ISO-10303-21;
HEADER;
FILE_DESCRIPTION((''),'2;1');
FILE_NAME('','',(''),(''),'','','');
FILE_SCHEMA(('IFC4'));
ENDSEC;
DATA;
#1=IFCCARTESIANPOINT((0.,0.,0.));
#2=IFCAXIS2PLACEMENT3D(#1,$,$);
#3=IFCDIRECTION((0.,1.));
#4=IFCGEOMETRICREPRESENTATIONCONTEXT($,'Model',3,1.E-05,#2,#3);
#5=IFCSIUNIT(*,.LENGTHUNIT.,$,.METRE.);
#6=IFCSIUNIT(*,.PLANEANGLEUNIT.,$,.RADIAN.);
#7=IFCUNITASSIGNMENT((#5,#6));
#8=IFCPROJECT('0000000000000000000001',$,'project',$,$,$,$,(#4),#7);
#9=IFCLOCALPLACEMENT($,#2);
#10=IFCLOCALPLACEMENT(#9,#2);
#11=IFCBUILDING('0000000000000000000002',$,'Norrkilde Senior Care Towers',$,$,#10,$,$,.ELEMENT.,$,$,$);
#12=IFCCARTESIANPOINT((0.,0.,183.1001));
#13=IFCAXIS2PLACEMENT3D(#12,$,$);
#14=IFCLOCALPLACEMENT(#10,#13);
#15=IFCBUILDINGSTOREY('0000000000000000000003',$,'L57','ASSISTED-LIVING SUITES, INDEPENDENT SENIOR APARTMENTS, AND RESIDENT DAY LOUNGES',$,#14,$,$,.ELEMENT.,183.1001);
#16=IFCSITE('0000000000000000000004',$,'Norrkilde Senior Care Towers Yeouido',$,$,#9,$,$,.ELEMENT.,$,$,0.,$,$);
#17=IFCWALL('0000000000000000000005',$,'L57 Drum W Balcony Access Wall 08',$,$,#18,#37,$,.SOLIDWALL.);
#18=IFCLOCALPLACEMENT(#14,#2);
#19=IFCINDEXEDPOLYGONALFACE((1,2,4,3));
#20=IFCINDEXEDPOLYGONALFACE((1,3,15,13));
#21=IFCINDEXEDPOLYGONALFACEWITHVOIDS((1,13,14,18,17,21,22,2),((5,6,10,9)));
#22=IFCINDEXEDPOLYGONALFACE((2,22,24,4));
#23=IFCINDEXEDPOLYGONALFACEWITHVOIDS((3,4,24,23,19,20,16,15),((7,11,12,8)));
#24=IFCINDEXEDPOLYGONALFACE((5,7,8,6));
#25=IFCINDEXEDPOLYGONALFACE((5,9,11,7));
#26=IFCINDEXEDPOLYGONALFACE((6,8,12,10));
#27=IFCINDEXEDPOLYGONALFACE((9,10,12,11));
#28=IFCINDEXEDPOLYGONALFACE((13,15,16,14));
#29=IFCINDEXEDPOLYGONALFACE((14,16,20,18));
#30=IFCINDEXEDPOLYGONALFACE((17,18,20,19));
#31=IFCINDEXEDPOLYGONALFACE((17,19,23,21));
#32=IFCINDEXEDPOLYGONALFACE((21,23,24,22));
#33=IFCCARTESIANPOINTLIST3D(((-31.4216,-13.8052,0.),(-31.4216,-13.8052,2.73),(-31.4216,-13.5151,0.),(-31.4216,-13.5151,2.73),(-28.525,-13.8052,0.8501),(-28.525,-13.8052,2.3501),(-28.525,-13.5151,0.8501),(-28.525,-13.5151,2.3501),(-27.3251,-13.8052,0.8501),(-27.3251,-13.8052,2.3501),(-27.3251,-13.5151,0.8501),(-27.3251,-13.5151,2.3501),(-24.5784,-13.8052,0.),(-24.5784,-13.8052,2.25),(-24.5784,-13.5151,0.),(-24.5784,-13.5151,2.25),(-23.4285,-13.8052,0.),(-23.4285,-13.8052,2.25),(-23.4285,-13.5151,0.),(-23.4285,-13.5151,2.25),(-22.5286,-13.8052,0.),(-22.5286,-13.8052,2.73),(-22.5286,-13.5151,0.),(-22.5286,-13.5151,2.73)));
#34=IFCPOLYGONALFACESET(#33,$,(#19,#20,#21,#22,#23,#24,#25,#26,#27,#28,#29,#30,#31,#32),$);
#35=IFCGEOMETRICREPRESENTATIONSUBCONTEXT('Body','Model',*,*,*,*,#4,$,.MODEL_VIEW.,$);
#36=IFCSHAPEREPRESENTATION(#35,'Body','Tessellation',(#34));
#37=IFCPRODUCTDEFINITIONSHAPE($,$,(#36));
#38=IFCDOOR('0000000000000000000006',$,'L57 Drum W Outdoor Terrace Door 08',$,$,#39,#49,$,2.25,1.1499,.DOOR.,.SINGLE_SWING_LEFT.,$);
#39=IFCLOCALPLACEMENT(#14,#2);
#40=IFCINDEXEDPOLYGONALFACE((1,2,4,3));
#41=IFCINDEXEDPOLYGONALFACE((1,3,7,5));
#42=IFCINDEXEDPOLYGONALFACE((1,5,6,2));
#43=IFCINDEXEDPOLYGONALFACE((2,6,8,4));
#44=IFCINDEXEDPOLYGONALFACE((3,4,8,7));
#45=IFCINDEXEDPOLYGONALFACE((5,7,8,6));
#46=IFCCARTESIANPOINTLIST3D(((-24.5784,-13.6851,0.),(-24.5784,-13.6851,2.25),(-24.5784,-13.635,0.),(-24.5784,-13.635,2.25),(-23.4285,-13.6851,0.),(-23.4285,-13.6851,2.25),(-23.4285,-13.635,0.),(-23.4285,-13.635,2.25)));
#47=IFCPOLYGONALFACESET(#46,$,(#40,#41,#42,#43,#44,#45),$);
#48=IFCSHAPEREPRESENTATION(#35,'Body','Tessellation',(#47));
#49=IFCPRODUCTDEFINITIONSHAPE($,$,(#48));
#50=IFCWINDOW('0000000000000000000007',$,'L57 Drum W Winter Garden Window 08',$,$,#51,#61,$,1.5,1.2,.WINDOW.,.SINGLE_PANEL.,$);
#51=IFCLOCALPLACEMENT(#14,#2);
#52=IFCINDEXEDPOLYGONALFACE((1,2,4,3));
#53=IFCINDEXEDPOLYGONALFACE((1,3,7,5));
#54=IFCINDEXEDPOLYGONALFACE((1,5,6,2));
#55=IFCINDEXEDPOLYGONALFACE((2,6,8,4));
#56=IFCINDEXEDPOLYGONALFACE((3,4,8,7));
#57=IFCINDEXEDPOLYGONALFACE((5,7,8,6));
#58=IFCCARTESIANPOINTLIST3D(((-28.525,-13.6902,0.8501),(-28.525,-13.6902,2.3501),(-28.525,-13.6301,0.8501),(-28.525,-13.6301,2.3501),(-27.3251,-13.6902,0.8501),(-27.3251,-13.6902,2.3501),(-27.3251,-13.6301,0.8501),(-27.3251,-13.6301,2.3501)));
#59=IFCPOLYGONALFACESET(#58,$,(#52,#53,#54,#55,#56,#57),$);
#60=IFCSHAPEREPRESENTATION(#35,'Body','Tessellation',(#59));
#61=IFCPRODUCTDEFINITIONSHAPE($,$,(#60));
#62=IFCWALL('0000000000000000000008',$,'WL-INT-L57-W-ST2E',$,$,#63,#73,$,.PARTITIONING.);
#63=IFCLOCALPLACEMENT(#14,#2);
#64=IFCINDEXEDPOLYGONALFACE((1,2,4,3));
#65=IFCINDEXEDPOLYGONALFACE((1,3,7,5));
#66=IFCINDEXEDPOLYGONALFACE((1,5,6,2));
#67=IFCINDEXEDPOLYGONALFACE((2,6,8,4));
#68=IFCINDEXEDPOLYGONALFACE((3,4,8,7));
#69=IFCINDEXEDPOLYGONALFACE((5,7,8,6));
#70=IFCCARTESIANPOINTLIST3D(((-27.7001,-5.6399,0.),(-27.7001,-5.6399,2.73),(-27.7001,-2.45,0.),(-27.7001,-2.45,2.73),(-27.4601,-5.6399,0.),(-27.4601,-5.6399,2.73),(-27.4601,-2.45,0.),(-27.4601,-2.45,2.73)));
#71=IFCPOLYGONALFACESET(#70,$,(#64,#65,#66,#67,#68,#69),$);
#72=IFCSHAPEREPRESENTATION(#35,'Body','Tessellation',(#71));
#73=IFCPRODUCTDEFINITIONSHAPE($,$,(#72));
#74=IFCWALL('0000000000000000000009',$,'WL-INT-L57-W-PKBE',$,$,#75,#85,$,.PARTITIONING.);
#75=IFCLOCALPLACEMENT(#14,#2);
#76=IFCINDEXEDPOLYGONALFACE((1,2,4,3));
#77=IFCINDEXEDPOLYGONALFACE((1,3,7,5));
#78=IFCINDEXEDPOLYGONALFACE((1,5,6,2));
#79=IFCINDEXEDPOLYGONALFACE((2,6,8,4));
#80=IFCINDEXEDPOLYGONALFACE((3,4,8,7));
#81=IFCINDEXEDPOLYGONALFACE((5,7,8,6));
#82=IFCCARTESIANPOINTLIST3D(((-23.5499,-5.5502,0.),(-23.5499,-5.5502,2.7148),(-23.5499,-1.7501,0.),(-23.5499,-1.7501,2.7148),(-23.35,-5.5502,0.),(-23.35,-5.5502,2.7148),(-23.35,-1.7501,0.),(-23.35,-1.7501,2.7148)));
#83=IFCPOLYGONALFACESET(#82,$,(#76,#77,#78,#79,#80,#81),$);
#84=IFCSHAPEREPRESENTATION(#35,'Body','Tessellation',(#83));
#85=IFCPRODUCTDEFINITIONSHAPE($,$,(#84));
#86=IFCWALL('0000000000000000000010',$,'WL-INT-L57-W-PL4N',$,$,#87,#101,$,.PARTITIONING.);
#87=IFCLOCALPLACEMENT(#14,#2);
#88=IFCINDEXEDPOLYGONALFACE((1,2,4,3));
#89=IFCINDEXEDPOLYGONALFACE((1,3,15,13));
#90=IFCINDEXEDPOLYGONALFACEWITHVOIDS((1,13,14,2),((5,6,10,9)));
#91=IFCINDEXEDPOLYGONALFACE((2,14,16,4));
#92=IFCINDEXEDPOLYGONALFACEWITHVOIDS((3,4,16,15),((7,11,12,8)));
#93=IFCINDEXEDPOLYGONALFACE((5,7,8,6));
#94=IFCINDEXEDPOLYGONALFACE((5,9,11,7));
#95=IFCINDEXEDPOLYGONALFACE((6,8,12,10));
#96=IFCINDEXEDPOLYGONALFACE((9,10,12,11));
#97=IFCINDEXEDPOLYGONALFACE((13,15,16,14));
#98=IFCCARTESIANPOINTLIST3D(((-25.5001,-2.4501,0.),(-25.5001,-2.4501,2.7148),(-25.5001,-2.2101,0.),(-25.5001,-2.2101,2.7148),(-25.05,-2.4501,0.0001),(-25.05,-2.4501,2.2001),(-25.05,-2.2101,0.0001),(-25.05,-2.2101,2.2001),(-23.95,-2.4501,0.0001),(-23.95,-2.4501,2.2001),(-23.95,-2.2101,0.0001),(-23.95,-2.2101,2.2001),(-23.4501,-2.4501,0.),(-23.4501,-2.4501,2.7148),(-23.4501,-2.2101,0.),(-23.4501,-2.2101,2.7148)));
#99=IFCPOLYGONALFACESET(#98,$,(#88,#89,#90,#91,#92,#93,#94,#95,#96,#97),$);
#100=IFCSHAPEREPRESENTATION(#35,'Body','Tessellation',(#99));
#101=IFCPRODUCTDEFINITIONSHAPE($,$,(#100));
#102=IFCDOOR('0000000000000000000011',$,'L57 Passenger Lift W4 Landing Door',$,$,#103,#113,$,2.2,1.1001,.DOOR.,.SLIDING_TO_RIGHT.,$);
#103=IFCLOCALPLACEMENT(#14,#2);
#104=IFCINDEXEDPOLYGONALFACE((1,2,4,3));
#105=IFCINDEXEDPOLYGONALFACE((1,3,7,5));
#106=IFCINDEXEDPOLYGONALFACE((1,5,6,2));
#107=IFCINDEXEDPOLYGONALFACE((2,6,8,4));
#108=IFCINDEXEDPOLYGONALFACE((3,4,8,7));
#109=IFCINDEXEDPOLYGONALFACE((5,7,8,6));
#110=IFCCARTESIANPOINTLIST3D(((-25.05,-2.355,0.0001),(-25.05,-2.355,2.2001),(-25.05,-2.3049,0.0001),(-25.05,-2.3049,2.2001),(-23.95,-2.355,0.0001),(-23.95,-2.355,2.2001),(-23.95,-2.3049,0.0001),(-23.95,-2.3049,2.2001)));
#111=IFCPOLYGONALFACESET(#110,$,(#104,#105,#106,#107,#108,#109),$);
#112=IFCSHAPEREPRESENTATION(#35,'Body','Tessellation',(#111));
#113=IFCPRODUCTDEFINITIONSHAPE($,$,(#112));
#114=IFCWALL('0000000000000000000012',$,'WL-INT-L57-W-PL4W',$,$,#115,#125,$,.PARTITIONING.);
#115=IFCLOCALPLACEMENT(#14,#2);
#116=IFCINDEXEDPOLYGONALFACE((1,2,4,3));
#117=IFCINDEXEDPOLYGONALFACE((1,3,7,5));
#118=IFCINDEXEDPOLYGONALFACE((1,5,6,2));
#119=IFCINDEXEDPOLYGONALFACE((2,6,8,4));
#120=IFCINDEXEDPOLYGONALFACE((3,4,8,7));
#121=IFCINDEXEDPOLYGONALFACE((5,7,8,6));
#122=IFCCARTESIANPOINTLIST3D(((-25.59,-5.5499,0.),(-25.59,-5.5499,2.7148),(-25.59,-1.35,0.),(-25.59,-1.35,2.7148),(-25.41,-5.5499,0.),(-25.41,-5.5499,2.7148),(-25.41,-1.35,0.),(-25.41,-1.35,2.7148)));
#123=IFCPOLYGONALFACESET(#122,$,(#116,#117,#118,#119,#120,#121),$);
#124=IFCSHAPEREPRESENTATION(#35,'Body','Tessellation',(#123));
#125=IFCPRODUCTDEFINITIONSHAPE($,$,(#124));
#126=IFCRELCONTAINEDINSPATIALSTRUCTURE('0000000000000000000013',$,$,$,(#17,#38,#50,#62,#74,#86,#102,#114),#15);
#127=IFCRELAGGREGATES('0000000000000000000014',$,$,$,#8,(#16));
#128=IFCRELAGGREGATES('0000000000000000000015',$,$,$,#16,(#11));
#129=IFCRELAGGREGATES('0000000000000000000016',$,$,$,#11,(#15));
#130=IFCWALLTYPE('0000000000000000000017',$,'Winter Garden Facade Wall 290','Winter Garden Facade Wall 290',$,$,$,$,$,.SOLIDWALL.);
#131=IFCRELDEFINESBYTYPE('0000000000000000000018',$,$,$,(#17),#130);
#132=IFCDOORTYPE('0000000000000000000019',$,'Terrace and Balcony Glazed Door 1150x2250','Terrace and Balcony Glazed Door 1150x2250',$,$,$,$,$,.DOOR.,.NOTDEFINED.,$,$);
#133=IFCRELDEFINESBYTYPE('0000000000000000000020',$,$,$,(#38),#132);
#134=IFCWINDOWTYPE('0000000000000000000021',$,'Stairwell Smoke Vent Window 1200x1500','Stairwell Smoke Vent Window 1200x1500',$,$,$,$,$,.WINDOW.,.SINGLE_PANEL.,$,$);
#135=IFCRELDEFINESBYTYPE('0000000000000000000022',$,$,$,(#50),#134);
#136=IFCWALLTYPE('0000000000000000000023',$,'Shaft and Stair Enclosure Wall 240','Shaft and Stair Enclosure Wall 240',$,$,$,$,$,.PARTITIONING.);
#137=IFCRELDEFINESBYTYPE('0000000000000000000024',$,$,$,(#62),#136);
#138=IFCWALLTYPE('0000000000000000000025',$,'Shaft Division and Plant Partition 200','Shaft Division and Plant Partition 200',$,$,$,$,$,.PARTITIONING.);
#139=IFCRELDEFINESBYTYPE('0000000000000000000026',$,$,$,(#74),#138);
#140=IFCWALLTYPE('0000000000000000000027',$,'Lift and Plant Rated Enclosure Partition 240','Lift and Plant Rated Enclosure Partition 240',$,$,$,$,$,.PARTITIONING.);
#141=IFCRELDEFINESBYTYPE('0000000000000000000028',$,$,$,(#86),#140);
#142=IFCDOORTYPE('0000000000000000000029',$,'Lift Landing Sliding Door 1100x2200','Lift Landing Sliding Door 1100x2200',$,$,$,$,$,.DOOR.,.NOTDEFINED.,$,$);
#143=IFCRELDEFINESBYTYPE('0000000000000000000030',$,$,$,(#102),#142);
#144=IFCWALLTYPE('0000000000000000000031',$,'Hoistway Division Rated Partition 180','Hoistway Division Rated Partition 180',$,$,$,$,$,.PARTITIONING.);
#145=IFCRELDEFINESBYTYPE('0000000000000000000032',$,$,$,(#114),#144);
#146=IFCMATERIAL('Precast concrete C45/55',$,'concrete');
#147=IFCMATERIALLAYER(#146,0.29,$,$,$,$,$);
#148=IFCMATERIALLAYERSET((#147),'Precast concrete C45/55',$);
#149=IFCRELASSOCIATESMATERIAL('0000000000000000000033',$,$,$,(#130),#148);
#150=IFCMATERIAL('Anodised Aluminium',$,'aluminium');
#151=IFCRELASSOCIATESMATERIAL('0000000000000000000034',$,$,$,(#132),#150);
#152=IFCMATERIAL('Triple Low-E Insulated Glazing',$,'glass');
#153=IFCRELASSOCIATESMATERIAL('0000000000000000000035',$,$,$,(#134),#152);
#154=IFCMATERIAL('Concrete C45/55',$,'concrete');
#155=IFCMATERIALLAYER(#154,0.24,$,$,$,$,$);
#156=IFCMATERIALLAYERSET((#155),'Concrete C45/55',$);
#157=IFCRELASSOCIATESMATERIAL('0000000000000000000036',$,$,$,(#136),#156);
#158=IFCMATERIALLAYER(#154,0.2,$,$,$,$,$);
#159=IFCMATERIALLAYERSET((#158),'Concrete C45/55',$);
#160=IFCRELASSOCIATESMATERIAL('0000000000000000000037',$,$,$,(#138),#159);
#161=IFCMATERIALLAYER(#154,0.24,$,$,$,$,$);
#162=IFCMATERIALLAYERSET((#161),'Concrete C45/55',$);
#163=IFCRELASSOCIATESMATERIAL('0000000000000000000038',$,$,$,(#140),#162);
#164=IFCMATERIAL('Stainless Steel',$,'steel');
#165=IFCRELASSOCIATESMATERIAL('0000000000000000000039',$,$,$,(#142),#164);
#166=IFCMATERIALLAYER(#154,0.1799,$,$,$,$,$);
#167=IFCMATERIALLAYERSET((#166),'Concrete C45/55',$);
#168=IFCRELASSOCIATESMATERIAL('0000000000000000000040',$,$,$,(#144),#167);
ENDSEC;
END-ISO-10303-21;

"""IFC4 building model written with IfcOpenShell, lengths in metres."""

from ifc_helpers import new_model, si_unit, direction, frame, frame_2d, origin, place, context, subcontext, project, spatial, rectangle, extrude, source, transform, mapped, material, layer, layer_set, type_object, type_shapes, element, fill, save


model = new_model("IFC4")

# Units and contexts
model_context = context("Model", 3, precision=1e-05, world=origin(), true_north=direction((0.0, 1.0)))
body_context = subcontext(model_context, "Body", "Model", "MODEL_VIEW")
ifc_project = project(units=[si_unit("LENGTHUNIT", "METRE"), si_unit("PLANEANGLEUNIT", "RADIAN")], contexts=[model_context])

# Site, building, storey
site_placement = place(None, origin())
site = spatial("IfcSite", under=ifc_project, at=site_placement, Name="Norrkilde Senior Care Towers Yeouido", CompositionType="ELEMENT", RefElevation=0.0)
building_placement = place(site_placement, origin())
building = spatial("IfcBuilding", under=site, at=building_placement, Name="Norrkilde Senior Care Towers", CompositionType="ELEMENT")
storey_placement = place(building_placement, frame((0.0, 0.0, 183.1001)))
storey = spatial("IfcBuildingStorey", under=building, at=storey_placement, Name="L57", Description="ASSISTED-LIVING SUITES, INDEPENDENT SENIOR APARTMENTS, AND RESIDENT DAY LOUNGES", CompositionType="ELEMENT", Elevation=183.1001)

# Shared definitions
ifc_material_1 = material(Name="Triple Low-E Insulated Glazing", Category="glass")
ifc_material_2 = material(Name="Anodised Aluminium", Category="aluminium")

# Wall, openings, door, window
ifc_material_3 = material(Name="Precast concrete C45/55", Category="concrete")
ifc_layer_1 = layer(ifc_material_3, 0.29)
ifc_layer_set_1 = layer_set([ifc_layer_1], Name="Precast concrete C45/55")
wall_type_1 = type_object("IfcWallType", Name="Winter Garden Facade Wall 290", Description="Winter Garden Facade Wall 290", PredefinedType="SOLIDWALL", material=ifc_layer_set_1)
shared_shape_1 = source(origin(), body_context, "Body", "SweptSolid", [
    extrude(rectangle(XDim=8.8931, YDim=0.29, at=frame_2d((4.4465, 0.0))), origin(), (0.0, 0.0, 1.0), 2.73),
])
type_shapes(wall_type_1, [shared_shape_1])
wall_1_placement = place(storey_placement, frame((-22.5286, -13.6602, 0.0), z_axis=(0.0, 0.0, 1.0), x_axis=(-1.0, 0.0, 0.0)))
wall_1 = element("IfcWall", 1, at=wall_1_placement, inside=storey, type_object=wall_type_1, Name="L57 Drum W Balcony Access Wall 08", PredefinedType="SOLIDWALL", context=body_context, shape_type="MappedRepresentation", body=[
    mapped(shared_shape_1, transform((0.0, 0.0, 0.0), x_axis=(1.0, 0.0, 0.0), y_axis=(0.0, 1.0, 0.0), z_axis=(0.0, 0.0, 1.0), scale=1.0)),
])
opening_1_placement = place(wall_1_placement, frame((0.8999, 0.0, 0.0)))
opening_1 = element("IfcOpeningElement", 2, at=opening_1_placement, cuts=wall_1, PredefinedType="OPENING", context=body_context, shape_type="SweptSolid", body=[
    extrude(rectangle(XDim=1.1499, YDim=2.25, at=frame_2d((0.575, 1.125))), frame((0.0, 0.155, 0.0), z_axis=(0.0, -1.0, 0.0), x_axis=(1.0, 0.0, 0.0)), (0.0, 0.0, 1.0), 0.3101),
])
opening_2_placement = place(wall_1_placement, frame((4.7964, 0.0, 0.8501)))
opening_2 = element("IfcOpeningElement", 3, at=opening_2_placement, cuts=wall_1, PredefinedType="OPENING", context=body_context, shape_type="SweptSolid", body=[
    extrude(rectangle(XDim=1.2, YDim=1.5, at=frame_2d((0.6001, 0.75))), frame((0.0, 0.155, 0.0), z_axis=(0.0, -1.0, 0.0), x_axis=(1.0, 0.0, 0.0)), (0.0, 0.0, 1.0), 0.3101),
])
door_type_1 = type_object("IfcDoorType", Name="Terrace and Balcony Glazed Door 1150x2250", Description="Terrace and Balcony Glazed Door 1150x2250", OperationType="NOTDEFINED", PredefinedType="DOOR", material=ifc_material_2)
shared_shape_2 = source(origin(), body_context, "Body", "SweptSolid", [
    extrude(rectangle(XDim=1.1499, YDim=2.25, at=frame_2d((0.575, 1.125))), frame((0.0, 0.0249, 0.0), z_axis=(0.0, -1.0, 0.0), x_axis=(1.0, 0.0, 0.0)), (0.0, 0.0, 1.0), 0.05),
])
type_shapes(door_type_1, [shared_shape_2])
door_1_placement = place(opening_1_placement, origin())
door_1 = element("IfcDoor", 4, at=door_1_placement, inside=storey, type_object=door_type_1, Name="L57 Drum W Outdoor Terrace Door 08", OperationType="SINGLE_SWING_LEFT", OverallHeight=2.25, OverallWidth=1.1499, PredefinedType="DOOR", context=body_context, shape_type="MappedRepresentation", body=[
    mapped(shared_shape_2, transform((0.0, 0.0, 0.0), x_axis=(1.0, 0.0, 0.0), y_axis=(0.0, 1.0, 0.0), z_axis=(0.0, 0.0, 1.0), scale=1.0)),
])
fill(opening_1, door_1)
window_type = type_object("IfcWindowType", Name="Stairwell Smoke Vent Window 1200x1500", Description="Stairwell Smoke Vent Window 1200x1500", PartitioningType="SINGLE_PANEL", PredefinedType="WINDOW", material=ifc_material_1)
shared_shape_3 = source(origin(), body_context, "Body", "SweptSolid", [
    extrude(rectangle(XDim=1.2, YDim=1.5, at=frame_2d((0.6001, 0.75))), frame((0.0, 0.03, 0.0), z_axis=(0.0, -1.0, 0.0), x_axis=(1.0, 0.0, 0.0)), (0.0, 0.0, 1.0), 0.0601),
])
type_shapes(window_type, [shared_shape_3])
window_placement = place(opening_2_placement, origin())
window = element("IfcWindow", 5, at=window_placement, inside=storey, type_object=window_type, Name="L57 Drum W Winter Garden Window 08", OverallHeight=1.5, OverallWidth=1.2, PartitioningType="SINGLE_PANEL", PredefinedType="WINDOW", context=body_context, shape_type="MappedRepresentation", body=[
    mapped(shared_shape_3, transform((0.0, 0.0, 0.0), x_axis=(1.0, 0.0, 0.0), y_axis=(0.0, 1.0, 0.0), z_axis=(0.0, 0.0, 1.0), scale=1.0)),
])
fill(opening_2, window)

# Walls
ifc_material_4 = material(Name="Concrete C45/55", Category="concrete")
ifc_layer_2 = layer(ifc_material_4, 0.24)
ifc_layer_set_2 = layer_set([ifc_layer_2], Name="Concrete C45/55")
wall_type_2 = type_object("IfcWallType", Name="Shaft and Stair Enclosure Wall 240", Description="Shaft and Stair Enclosure Wall 240", PredefinedType="PARTITIONING", material=ifc_layer_set_2)
shared_shape_4 = source(origin(), body_context, "Body", "SweptSolid", [
    extrude(rectangle(XDim=3.1899, YDim=0.24, at=frame_2d((1.595, 0.0))), origin(), (0.0, 0.0, 1.0), 2.73),
])
type_shapes(wall_type_2, [shared_shape_4])
wall_2_placement = place(storey_placement, frame((-27.5801, -5.6399, 0.0), z_axis=(0.0, 0.0, 1.0), x_axis=(0.0, 1.0, 0.0)))
element("IfcWall", 6, at=wall_2_placement, inside=storey, type_object=wall_type_2, Name="WL-INT-L57-W-ST2E", PredefinedType="PARTITIONING", context=body_context, shape_type="MappedRepresentation", body=[
    mapped(shared_shape_4, transform((0.0, 0.0, 0.0), x_axis=(1.0, 0.0, 0.0), y_axis=(0.0, 1.0, 0.0), z_axis=(0.0, 0.0, 1.0), scale=1.0)),
])
ifc_layer_3 = layer(ifc_material_4, 0.2)
ifc_layer_set_3 = layer_set([ifc_layer_3], Name="Concrete C45/55")
wall_type_3 = type_object("IfcWallType", Name="Shaft Division and Plant Partition 200", Description="Shaft Division and Plant Partition 200", PredefinedType="PARTITIONING", material=ifc_layer_set_3)
shared_shape_5 = source(origin(), body_context, "Body", "SweptSolid", [
    extrude(rectangle(XDim=3.8, YDim=0.2, at=frame_2d((1.8999, 0.0))), origin(), (0.0, 0.0, 1.0), 2.7148),
])
type_shapes(wall_type_3, [shared_shape_5])
wall_3_placement = place(storey_placement, frame((-23.45, -5.55, 0.0), z_axis=(0.0, 0.0, 1.0), x_axis=(0.0, 1.0, 0.0)))
element("IfcWall", 7, at=wall_3_placement, inside=storey, type_object=wall_type_3, Name="WL-INT-L57-W-PKBE", PredefinedType="PARTITIONING", context=body_context, shape_type="MappedRepresentation", body=[
    mapped(shared_shape_5, transform((0.0, 0.0, 0.0), x_axis=(1.0, 0.0, 0.0), y_axis=(0.0, 1.0, 0.0), z_axis=(0.0, 0.0, 1.0), scale=1.0)),
])

# Wall, opening, door
ifc_layer_4 = layer(ifc_material_4, 0.24)
ifc_layer_set_4 = layer_set([ifc_layer_4], Name="Concrete C45/55")
wall_type_4 = type_object("IfcWallType", Name="Lift and Plant Rated Enclosure Partition 240", Description="Lift and Plant Rated Enclosure Partition 240", PredefinedType="PARTITIONING", material=ifc_layer_set_4)
shared_shape_6 = source(origin(), body_context, "Body", "SweptSolid", [
    extrude(rectangle(XDim=2.05, YDim=0.24, at=frame_2d((1.0249, 0.0))), origin(), (0.0, 0.0, 1.0), 2.7148),
])
type_shapes(wall_type_4, [shared_shape_6])
wall_4_placement = place(storey_placement, frame((-25.5, -2.3301, 0.0), z_axis=(0.0, 0.0, 1.0), x_axis=(1.0, 0.0, 0.0)))
wall_4 = element("IfcWall", 8, at=wall_4_placement, inside=storey, type_object=wall_type_4, Name="WL-INT-L57-W-PL4N", PredefinedType="PARTITIONING", context=body_context, shape_type="MappedRepresentation", body=[
    mapped(shared_shape_6, transform((0.0, 0.0, 0.0), x_axis=(1.0, 0.0, 0.0), y_axis=(0.0, 1.0, 0.0), z_axis=(0.0, 0.0, 1.0), scale=1.0)),
])
opening_3_placement = place(wall_4_placement, frame((0.45, 0.0, 0.0)))
opening_3 = element("IfcOpeningElement", 9, at=opening_3_placement, cuts=wall_4, PredefinedType="OPENING", context=body_context, shape_type="SweptSolid", body=[
    extrude(rectangle(XDim=1.1001, YDim=2.2, at=frame_2d((0.55, 1.1001))), frame((0.0, 0.1299, 0.0), z_axis=(0.0, -1.0, 0.0), x_axis=(1.0, 0.0, 0.0)), (0.0, 0.0, 1.0), 0.26),
])
ifc_material_5 = material(Name="Stainless Steel", Category="steel")
door_type_2 = type_object("IfcDoorType", Name="Lift Landing Sliding Door 1100x2200", Description="Lift Landing Sliding Door 1100x2200", OperationType="NOTDEFINED", PredefinedType="DOOR", material=ifc_material_5)
shared_shape_7 = source(origin(), body_context, "Body", "SweptSolid", [
    extrude(rectangle(XDim=1.1001, YDim=2.2, at=frame_2d((0.55, 1.1001))), frame((0.0, 0.0249, 0.0), z_axis=(0.0, -1.0, 0.0), x_axis=(1.0, 0.0, 0.0)), (0.0, 0.0, 1.0), 0.05),
])
type_shapes(door_type_2, [shared_shape_7])
door_2_placement = place(opening_3_placement, frame((1.1001, 0.0, 0.0), z_axis=(0.0, 0.0, 1.0), x_axis=(-1.0, 0.0, 0.0)))
door_2 = element("IfcDoor", 10, at=door_2_placement, inside=storey, type_object=door_type_2, Name="L57 Passenger Lift W4 Landing Door", OperationType="SLIDING_TO_RIGHT", OverallHeight=2.2, OverallWidth=1.1001, PredefinedType="DOOR", context=body_context, shape_type="MappedRepresentation", body=[
    mapped(shared_shape_7, transform((0.0, 0.0, 0.0), x_axis=(1.0, 0.0, 0.0), y_axis=(0.0, 1.0, 0.0), z_axis=(0.0, 0.0, 1.0), scale=1.0)),
])
fill(opening_3, door_2)

# Wall
ifc_layer_5 = layer(ifc_material_4, 0.1799)
ifc_layer_set_5 = layer_set([ifc_layer_5], Name="Concrete C45/55")
wall_type_5 = type_object("IfcWallType", Name="Hoistway Division Rated Partition 180", Description="Hoistway Division Rated Partition 180", PredefinedType="PARTITIONING", material=ifc_layer_set_5)
shared_shape_8 = source(origin(), body_context, "Body", "SweptSolid", [
    extrude(rectangle(XDim=4.2, YDim=0.1799, at=frame_2d((2.1001, 0.0))), origin(), (0.0, 0.0, 1.0), 2.7148),
])
type_shapes(wall_type_5, [shared_shape_8])
wall_5_placement = place(storey_placement, frame((-25.5, -5.55, 0.0), z_axis=(0.0, 0.0, 1.0), x_axis=(0.0, 1.0, 0.0)))
element("IfcWall", 11, at=wall_5_placement, inside=storey, type_object=wall_type_5, Name="WL-INT-L57-W-PL4W", PredefinedType="PARTITIONING", context=body_context, shape_type="MappedRepresentation", body=[
    mapped(shared_shape_8, transform((0.0, 0.0, 0.0), x_axis=(1.0, 0.0, 0.0), y_axis=(0.0, 1.0, 0.0), z_axis=(0.0, 0.0, 1.0), scale=1.0)),
])

save(model, "model.ifc")
